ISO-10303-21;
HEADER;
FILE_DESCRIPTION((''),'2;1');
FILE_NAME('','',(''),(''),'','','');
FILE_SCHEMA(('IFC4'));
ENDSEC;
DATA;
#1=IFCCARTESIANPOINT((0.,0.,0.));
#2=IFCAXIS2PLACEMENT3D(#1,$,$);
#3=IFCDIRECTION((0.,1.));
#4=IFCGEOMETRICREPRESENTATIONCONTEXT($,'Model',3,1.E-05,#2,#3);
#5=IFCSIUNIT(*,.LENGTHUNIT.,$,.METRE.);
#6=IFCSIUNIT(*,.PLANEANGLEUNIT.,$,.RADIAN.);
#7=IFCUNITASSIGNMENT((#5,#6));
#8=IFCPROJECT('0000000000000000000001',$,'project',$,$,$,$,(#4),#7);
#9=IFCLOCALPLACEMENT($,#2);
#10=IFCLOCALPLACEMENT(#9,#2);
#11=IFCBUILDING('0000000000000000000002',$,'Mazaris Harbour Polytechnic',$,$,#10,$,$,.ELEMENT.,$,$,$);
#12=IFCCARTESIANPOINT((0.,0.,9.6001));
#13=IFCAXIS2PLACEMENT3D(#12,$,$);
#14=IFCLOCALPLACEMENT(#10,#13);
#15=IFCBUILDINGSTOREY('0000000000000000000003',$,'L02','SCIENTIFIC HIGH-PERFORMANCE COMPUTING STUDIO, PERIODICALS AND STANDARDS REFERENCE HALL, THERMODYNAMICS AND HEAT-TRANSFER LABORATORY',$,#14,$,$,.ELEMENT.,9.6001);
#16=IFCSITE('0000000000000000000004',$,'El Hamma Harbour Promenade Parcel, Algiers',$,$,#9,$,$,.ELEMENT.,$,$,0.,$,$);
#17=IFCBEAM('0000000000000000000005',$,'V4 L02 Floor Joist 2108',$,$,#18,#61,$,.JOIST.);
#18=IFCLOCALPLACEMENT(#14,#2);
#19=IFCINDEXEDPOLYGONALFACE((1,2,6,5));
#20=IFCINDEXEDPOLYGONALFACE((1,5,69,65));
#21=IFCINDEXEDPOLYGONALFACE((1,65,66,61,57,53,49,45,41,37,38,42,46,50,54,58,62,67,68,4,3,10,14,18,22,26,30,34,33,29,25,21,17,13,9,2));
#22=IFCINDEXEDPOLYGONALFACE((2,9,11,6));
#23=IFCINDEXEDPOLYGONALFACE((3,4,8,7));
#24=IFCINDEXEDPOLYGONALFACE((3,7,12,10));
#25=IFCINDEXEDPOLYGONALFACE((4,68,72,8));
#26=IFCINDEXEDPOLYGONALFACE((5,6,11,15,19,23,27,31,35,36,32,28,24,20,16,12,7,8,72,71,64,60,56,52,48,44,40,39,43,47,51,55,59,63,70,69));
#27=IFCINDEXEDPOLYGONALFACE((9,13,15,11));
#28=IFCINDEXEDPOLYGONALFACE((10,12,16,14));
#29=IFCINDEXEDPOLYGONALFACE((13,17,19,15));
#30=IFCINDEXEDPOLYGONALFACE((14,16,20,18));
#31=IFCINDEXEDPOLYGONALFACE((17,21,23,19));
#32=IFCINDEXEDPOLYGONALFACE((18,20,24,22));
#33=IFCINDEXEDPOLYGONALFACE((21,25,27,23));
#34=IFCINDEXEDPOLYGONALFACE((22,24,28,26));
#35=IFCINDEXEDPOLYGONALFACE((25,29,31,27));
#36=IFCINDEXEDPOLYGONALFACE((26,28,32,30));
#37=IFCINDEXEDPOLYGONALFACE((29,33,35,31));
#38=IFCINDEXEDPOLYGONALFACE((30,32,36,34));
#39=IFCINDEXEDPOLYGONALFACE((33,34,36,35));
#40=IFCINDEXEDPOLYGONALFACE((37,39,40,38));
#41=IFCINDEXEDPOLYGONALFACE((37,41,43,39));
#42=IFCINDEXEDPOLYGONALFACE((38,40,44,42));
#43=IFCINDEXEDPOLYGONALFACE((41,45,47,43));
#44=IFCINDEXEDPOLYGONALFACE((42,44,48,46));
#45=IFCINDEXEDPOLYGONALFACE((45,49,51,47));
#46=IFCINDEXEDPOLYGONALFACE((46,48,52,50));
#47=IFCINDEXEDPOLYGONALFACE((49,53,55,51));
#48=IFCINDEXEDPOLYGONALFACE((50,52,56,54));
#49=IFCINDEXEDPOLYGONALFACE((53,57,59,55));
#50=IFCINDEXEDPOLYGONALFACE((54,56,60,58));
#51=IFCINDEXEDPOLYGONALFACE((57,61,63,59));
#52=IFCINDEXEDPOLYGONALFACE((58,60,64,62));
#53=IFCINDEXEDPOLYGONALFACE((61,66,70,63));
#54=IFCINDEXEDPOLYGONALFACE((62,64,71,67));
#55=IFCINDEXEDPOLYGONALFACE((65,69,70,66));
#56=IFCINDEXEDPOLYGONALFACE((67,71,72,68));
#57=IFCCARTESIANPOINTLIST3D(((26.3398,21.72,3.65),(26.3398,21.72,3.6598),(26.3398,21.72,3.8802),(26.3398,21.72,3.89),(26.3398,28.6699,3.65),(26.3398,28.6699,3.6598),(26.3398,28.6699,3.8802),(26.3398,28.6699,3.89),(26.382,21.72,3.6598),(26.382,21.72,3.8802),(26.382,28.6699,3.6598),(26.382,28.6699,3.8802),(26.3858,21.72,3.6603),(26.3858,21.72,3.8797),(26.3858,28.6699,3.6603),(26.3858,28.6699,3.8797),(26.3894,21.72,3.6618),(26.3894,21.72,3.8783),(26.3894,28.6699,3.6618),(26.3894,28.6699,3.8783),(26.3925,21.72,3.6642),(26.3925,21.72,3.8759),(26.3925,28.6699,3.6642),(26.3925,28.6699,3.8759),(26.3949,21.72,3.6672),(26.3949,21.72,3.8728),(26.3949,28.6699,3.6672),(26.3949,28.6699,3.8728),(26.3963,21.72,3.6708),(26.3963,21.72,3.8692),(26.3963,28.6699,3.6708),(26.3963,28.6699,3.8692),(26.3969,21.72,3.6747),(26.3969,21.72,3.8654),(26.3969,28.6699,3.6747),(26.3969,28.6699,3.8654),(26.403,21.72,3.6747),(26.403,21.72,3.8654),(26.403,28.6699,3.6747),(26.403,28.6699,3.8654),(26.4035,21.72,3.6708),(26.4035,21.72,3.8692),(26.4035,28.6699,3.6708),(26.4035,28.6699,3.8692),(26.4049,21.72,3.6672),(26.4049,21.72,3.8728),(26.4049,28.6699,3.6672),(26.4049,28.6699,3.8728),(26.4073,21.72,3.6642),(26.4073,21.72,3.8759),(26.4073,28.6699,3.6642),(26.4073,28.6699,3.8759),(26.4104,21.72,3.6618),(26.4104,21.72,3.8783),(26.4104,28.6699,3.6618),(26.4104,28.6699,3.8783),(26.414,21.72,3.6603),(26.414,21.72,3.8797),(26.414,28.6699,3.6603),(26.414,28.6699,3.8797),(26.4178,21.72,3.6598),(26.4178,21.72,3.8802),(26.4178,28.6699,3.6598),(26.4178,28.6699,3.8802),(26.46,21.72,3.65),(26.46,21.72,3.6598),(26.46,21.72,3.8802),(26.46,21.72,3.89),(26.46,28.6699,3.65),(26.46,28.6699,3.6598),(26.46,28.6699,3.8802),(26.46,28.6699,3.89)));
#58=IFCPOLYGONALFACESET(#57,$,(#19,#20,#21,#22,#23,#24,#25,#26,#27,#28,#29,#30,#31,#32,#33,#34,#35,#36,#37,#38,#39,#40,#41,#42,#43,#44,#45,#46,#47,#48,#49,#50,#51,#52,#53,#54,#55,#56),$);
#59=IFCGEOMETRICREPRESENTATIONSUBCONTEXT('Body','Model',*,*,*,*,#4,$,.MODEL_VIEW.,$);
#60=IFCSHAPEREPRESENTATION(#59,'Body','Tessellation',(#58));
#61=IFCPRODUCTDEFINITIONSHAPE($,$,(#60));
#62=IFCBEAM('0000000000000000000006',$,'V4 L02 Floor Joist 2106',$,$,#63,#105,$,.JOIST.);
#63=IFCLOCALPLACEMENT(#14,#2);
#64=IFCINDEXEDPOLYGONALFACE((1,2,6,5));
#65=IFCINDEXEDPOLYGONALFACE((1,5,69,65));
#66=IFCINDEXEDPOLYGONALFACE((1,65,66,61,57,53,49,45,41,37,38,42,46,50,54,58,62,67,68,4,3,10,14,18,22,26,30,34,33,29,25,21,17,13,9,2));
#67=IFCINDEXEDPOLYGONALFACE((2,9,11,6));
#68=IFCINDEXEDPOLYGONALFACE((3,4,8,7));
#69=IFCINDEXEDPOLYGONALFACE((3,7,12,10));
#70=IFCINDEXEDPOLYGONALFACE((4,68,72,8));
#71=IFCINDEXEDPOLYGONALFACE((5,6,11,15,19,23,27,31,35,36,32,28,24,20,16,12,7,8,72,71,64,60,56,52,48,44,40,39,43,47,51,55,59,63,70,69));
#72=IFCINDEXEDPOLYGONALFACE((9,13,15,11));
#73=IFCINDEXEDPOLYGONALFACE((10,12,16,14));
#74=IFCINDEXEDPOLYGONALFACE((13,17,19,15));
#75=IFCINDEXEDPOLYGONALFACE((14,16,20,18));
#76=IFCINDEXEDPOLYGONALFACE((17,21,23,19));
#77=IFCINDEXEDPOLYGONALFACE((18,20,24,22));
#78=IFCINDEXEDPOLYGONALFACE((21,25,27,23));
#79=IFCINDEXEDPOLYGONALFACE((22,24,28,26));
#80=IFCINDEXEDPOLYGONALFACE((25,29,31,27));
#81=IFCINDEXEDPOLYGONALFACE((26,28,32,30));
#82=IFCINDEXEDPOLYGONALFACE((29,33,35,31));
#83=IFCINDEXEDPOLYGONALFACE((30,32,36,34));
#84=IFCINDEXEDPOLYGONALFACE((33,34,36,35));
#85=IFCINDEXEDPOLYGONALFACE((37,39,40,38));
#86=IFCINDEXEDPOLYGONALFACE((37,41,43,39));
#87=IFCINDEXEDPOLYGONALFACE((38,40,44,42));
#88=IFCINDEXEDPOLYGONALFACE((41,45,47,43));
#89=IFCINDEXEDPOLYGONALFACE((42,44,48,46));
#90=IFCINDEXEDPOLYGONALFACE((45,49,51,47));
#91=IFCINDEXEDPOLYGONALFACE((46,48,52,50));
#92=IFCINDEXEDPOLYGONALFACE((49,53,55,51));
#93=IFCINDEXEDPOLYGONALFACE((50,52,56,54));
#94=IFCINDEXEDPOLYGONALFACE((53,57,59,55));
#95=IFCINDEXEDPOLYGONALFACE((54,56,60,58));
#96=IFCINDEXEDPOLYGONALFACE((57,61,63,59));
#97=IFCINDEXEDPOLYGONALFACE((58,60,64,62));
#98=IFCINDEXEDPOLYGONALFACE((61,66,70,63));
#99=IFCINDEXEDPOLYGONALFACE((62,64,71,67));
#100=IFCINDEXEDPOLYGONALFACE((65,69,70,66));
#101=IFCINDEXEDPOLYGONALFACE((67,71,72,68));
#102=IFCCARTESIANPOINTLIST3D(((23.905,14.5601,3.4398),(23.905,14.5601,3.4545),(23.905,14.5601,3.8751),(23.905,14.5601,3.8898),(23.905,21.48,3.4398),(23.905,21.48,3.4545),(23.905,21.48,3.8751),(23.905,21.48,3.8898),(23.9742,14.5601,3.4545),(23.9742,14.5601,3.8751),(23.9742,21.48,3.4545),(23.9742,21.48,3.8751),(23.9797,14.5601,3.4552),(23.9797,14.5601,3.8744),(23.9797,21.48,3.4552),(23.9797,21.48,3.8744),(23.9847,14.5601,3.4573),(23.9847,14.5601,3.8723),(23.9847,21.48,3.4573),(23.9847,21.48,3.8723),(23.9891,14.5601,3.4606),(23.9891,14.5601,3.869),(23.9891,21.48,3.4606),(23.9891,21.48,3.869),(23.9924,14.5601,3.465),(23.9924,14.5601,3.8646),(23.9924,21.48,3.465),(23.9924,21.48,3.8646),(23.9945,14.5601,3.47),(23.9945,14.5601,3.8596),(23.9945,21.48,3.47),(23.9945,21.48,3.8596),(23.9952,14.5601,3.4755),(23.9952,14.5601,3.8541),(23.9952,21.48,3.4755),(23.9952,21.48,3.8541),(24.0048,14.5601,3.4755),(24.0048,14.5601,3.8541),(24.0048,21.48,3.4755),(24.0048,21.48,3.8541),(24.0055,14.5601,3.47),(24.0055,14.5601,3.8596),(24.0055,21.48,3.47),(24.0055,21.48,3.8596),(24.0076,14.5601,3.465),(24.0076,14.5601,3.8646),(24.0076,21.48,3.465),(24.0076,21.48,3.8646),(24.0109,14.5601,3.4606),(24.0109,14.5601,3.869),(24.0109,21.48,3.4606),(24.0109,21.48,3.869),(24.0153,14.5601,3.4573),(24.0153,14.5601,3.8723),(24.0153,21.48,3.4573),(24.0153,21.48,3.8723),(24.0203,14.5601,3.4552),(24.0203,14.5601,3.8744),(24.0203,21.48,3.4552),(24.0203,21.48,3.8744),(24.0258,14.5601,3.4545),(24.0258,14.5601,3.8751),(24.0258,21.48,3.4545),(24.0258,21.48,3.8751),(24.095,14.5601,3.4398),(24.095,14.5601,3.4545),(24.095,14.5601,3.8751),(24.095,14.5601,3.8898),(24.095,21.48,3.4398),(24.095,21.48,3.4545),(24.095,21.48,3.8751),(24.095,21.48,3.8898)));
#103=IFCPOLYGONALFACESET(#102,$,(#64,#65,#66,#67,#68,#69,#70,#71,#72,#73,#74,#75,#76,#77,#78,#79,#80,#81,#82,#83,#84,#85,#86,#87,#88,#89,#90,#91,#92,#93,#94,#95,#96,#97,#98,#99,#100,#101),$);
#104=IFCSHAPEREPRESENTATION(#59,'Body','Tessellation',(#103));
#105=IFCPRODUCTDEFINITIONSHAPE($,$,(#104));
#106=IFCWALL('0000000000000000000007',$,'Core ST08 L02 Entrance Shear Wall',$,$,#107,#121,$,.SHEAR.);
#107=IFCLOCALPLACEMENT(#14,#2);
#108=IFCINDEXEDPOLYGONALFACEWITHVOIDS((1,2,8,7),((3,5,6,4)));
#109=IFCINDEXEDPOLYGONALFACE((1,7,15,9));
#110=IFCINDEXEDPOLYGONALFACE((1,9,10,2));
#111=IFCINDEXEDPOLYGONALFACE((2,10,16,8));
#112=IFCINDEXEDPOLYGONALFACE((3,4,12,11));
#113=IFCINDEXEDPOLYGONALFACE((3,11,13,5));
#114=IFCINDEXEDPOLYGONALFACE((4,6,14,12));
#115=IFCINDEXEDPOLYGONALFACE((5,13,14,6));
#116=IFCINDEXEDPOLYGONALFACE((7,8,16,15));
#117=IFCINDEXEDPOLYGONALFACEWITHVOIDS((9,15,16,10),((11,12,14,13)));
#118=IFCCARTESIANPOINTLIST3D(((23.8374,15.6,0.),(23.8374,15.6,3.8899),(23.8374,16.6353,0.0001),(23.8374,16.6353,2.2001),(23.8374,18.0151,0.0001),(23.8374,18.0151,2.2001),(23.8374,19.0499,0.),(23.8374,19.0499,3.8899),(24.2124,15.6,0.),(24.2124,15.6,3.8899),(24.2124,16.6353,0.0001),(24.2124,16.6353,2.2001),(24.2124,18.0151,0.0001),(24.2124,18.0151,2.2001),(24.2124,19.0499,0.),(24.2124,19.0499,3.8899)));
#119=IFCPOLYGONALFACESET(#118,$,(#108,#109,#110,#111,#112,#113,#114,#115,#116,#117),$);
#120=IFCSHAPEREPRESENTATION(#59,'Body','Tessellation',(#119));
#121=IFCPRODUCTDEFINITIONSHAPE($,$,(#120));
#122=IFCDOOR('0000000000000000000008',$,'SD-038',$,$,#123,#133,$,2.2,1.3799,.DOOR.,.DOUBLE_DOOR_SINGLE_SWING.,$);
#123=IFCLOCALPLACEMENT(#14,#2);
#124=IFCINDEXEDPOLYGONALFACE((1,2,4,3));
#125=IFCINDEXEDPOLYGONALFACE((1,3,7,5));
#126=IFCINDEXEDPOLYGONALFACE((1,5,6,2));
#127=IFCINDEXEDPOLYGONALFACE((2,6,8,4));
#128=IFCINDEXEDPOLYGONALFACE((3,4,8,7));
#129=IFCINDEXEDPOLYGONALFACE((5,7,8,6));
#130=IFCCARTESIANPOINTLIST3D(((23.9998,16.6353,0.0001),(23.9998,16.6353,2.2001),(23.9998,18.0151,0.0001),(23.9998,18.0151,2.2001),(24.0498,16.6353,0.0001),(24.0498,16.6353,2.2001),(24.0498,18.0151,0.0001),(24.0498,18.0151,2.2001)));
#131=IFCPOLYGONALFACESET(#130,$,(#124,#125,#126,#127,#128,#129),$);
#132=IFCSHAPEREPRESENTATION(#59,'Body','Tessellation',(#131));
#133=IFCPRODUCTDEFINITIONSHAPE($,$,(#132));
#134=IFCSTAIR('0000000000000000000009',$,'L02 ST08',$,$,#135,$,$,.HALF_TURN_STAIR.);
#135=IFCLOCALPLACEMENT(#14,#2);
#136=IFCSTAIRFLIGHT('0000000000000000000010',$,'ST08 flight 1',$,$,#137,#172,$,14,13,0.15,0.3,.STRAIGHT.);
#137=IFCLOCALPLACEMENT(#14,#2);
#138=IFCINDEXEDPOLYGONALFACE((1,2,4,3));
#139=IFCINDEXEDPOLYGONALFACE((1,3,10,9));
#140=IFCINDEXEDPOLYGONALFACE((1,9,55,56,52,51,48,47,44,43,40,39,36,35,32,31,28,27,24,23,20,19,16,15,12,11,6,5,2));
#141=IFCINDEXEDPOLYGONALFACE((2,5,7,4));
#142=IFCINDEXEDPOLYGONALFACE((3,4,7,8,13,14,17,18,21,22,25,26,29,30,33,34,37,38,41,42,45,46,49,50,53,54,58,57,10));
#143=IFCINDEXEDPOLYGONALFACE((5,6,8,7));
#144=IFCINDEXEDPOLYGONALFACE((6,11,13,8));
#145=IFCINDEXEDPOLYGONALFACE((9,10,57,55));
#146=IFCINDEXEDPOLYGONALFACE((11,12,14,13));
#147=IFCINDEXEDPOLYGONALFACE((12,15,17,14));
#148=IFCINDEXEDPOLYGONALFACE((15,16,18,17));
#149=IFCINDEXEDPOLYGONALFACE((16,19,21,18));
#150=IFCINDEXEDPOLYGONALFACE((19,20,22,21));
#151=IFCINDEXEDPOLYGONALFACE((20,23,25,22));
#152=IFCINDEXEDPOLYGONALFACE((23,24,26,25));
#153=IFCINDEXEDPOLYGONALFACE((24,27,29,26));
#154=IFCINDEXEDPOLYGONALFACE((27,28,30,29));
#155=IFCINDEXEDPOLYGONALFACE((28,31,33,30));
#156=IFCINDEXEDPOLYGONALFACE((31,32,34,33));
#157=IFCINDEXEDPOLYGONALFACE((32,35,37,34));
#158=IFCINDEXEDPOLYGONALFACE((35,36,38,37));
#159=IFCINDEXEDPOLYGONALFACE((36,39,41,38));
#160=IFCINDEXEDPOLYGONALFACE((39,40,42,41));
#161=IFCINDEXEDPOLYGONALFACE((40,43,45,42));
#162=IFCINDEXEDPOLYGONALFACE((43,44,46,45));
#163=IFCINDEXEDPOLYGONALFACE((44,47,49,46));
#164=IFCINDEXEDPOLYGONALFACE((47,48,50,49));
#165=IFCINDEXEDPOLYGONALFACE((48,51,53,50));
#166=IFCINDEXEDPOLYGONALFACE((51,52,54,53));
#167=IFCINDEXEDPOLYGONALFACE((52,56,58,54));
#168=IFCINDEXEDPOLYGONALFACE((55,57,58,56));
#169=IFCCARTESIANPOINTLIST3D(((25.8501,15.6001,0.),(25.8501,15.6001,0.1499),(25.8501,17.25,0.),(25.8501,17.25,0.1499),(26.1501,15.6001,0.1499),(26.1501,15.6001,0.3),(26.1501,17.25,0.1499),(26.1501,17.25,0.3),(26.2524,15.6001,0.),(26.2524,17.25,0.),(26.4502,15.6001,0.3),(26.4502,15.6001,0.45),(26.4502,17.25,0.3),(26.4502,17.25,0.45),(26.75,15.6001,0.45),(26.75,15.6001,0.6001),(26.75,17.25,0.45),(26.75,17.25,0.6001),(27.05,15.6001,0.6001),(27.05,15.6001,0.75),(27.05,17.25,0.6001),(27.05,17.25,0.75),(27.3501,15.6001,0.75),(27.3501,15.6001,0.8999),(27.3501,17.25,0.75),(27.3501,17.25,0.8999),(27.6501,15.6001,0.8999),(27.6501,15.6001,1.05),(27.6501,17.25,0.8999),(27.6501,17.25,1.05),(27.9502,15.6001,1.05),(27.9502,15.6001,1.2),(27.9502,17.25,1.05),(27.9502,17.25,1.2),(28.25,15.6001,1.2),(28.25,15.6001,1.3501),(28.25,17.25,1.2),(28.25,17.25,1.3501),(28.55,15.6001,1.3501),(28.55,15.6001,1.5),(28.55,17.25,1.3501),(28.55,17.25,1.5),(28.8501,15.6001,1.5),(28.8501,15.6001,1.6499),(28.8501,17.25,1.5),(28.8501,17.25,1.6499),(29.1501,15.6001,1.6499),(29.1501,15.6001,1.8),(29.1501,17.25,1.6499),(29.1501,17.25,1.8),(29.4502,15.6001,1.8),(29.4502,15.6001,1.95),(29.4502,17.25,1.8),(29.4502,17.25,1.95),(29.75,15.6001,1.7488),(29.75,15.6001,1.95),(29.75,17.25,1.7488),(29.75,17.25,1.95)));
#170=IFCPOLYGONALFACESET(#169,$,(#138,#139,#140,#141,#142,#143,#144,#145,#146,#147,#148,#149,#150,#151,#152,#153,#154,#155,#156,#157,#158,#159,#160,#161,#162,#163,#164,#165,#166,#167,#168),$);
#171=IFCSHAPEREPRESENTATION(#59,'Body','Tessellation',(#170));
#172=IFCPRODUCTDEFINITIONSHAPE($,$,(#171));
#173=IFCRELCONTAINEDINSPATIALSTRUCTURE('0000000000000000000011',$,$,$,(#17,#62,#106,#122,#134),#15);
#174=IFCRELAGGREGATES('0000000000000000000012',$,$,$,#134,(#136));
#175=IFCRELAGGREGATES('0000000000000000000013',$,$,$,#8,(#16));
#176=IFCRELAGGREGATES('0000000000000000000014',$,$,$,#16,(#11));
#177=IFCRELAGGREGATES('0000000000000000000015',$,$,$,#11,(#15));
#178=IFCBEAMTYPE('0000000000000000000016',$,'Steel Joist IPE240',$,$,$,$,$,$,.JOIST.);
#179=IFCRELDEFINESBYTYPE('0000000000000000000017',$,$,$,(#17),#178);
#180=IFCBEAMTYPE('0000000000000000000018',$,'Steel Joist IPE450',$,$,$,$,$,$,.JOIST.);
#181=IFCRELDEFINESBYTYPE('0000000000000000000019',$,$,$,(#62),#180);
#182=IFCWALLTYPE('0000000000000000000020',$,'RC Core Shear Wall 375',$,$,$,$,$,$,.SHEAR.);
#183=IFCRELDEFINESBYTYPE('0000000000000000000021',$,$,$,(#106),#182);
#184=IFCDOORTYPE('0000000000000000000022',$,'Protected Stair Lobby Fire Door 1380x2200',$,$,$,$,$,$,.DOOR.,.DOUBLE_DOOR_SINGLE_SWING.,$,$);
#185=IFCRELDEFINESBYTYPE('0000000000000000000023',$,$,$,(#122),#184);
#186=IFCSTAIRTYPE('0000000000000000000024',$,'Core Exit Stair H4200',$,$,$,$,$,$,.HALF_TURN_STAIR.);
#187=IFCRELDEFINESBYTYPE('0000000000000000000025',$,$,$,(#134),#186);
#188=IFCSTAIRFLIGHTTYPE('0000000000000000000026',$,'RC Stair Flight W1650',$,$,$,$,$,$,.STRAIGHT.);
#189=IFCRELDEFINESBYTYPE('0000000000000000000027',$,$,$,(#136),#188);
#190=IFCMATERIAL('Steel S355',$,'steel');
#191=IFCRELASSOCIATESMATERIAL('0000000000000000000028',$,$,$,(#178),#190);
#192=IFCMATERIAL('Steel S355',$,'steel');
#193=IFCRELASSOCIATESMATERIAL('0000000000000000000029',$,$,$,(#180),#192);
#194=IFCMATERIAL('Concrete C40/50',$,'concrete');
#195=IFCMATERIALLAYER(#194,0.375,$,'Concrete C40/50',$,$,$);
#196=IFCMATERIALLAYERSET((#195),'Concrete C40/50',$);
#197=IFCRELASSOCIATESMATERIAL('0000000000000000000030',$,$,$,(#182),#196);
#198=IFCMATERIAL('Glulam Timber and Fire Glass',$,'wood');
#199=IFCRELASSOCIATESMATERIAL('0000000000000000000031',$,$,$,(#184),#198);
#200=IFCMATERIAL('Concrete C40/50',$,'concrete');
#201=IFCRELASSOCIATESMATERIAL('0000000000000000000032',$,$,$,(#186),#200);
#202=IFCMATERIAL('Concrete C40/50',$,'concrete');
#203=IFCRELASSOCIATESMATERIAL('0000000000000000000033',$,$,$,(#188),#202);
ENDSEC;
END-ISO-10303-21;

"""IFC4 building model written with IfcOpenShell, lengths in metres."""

from ifc_helpers import new_model, si_unit, direction, frame, frame_2d, origin, origin_2d, place, context, subcontext, project, spatial, polyline, rectangle, i_section, outline, extrude, material, layer, layer_set, material_profile, profile_set, type_object, element, fill, aggregate, save


model = new_model("IFC4")

# Units and contexts
model_context = context("Model", 3, precision=1e-05, world=origin(), true_north=direction((0.0, 1.0)))
body_context = subcontext(model_context, "Body", "Model", "MODEL_VIEW")
ifc_project = project(units=[si_unit("LENGTHUNIT", "METRE"), si_unit("PLANEANGLEUNIT", "RADIAN")], contexts=[model_context])

# Site, building, storey
site_placement = place(None, origin())
site = spatial("IfcSite", under=ifc_project, at=site_placement, Name="El Hamma Harbour Promenade Parcel, Algiers", CompositionType="ELEMENT", RefElevation=0.0)
building_placement = place(site_placement, origin())
building = spatial("IfcBuilding", under=site, at=building_placement, Name="Mazaris Harbour Polytechnic", CompositionType="ELEMENT")
storey_placement = place(building_placement, frame((0.0, 0.0, 9.6001)))
storey = spatial("IfcBuildingStorey", under=building, at=storey_placement, Name="L02", Description="SCIENTIFIC HIGH-PERFORMANCE COMPUTING STUDIO, PERIODICALS AND STANDARDS REFERENCE HALL, THERMODYNAMICS AND HEAT-TRANSFER LABORATORY", CompositionType="ELEMENT", Elevation=9.6001)

# Beams
ifc_material_1 = material(Name="Steel S355", Category="steel")
ifc_material_profile_1 = material_profile(ifc_material_1, i_section(OverallWidth=0.1201, OverallDepth=0.24, WebThickness=0.0061, FlangeThickness=0.0098, FilletRadius=0.0149, at=origin_2d()), Name="IPE 240")
ifc_profile_set_1 = profile_set([ifc_material_profile_1], Name="Steel S355")
beam_type_1 = type_object("IfcBeamType", Name="Steel Joist IPE240", PredefinedType="JOIST", material=ifc_profile_set_1)
beam_1_placement = place(storey_placement, frame((26.3999, 21.72, 3.77), z_axis=(0.0, 1.0, 0.0), x_axis=(-1.0, 0.0, 0.0)))
element("IfcBeam", 1, at=beam_1_placement, inside=storey, type_object=beam_type_1, Name="V4 L02 Floor Joist 2108", PredefinedType="JOIST", context=body_context, shape_type="SweptSolid", body=[
    extrude(i_section(OverallWidth=0.1201, OverallDepth=0.24, WebThickness=0.0061, FlangeThickness=0.0098, FilletRadius=0.0149, at=origin_2d()), origin(), (0.0, 0.0, 1.0), 6.95),
])
ifc_material_2 = material(Name="Steel S355", Category="steel")
ifc_material_profile_2 = material_profile(ifc_material_2, i_section(OverallWidth=0.1899, OverallDepth=0.45, WebThickness=0.0095, FlangeThickness=0.0146, FilletRadius=0.021, at=origin_2d()), Name="IPE 450")
ifc_profile_set_2 = profile_set([ifc_material_profile_2], Name="Steel S355")
beam_type_2 = type_object("IfcBeamType", Name="Steel Joist IPE450", PredefinedType="JOIST", material=ifc_profile_set_2)
beam_2_placement = place(storey_placement, frame((24.0, 14.5601, 3.6648), z_axis=(0.0, 1.0, 0.0), x_axis=(-1.0, 0.0, 0.0)))
element("IfcBeam", 2, at=beam_2_placement, inside=storey, type_object=beam_type_2, Name="V4 L02 Floor Joist 2106", PredefinedType="JOIST", context=body_context, shape_type="SweptSolid", body=[
    extrude(i_section(OverallWidth=0.1899, OverallDepth=0.45, WebThickness=0.0095, FlangeThickness=0.0146, FilletRadius=0.021, at=origin_2d()), origin(), (0.0, 0.0, 1.0), 6.9199),
])

# Wall, opening, door
ifc_material_3 = material(Name="Concrete C40/50", Category="concrete")
ifc_layer = layer(ifc_material_3, 0.375, Name="Concrete C40/50")
ifc_layer_set = layer_set([ifc_layer], Name="Concrete C40/50")
wall_type = type_object("IfcWallType", Name="RC Core Shear Wall 375", PredefinedType="SHEAR", material=ifc_layer_set)
wall_placement = place(storey_placement, frame((24.0249, 19.05, 0.0), z_axis=(0.0, 0.0, 1.0), x_axis=(0.0, -1.0, 0.0)))
wall = element("IfcWall", 3, at=wall_placement, inside=storey, type_object=wall_type, Name="Core ST08 L02 Entrance Shear Wall", PredefinedType="SHEAR", context=body_context, shape_type="SweptSolid", body=[
    extrude(rectangle(XDim=3.45, YDim=0.375, at=frame_2d((1.7251, 0.0))), origin(), (0.0, 0.0, 1.0), 3.8899),
])
opening_placement = place(wall_placement, frame((1.0349, 0.0, 0.0)))
opening = element("IfcOpeningElement", 4, at=opening_placement, cuts=wall, PredefinedType="OPENING", context=body_context, shape_type="SweptSolid", body=[
    extrude(rectangle(XDim=1.3799, YDim=2.2, at=frame_2d((0.6899, 1.1001))), frame((0.0, 0.1975, 0.0), z_axis=(0.0, -1.0, 0.0), x_axis=(1.0, 0.0, 0.0)), (0.0, 0.0, 1.0), 0.395),
])
ifc_material_4 = material(Name="Glulam Timber and Fire Glass", Category="wood")
door_type = type_object("IfcDoorType", Name="Protected Stair Lobby Fire Door 1380x2200", OperationType="DOUBLE_DOOR_SINGLE_SWING", PredefinedType="DOOR", material=ifc_material_4)
door_placement = place(opening_placement, origin())
door = element("IfcDoor", 5, at=door_placement, inside=storey, type_object=door_type, Name="SD-038", OperationType="DOUBLE_DOOR_SINGLE_SWING", OverallHeight=2.2, OverallWidth=1.3799, PredefinedType="DOOR", context=body_context, shape_type="SweptSolid", body=[
    extrude(rectangle(XDim=1.3799, YDim=2.2, at=frame_2d((0.6899, 1.1001))), frame((0.0, 0.0249, 0.0), z_axis=(0.0, -1.0, 0.0), x_axis=(1.0, 0.0, 0.0)), (0.0, 0.0, 1.0), 0.05),
])
fill(opening, door)

# Stair, stair flight
ifc_material_5 = material(Name="Concrete C40/50", Category="concrete")
stair_type = type_object("IfcStairType", Name="Core Exit Stair H4200", PredefinedType="HALF_TURN_STAIR", material=ifc_material_5)
stair_placement = place(storey_placement, origin())
stair = element("IfcStair", 6, at=stair_placement, inside=storey, type_object=stair_type, Name="L02 ST08", PredefinedType="HALF_TURN_STAIR")
ifc_material_6 = material(Name="Concrete C40/50", Category="concrete")
stair_flight_type = type_object("IfcStairFlightType", Name="RC Stair Flight W1650", PredefinedType="STRAIGHT", material=ifc_material_6)
stair_flight_1_placement = place(storey_placement, frame((25.8501, 16.425, 0.0), z_axis=(0.0, 0.0, 1.0), x_axis=(1.0, 0.0, 0.0)))
stair_flight_1 = element("IfcStairFlight", 7, at=stair_flight_1_placement, type_object=stair_flight_type, Name="ST08 flight 1", NumberOfRisers=14, NumberOfTreads=13, PredefinedType="STRAIGHT", RiserHeight=0.15, TreadLength=0.3, context=body_context, shape_type="SweptSolid", body=[
    extrude(outline(polyline([(0.0, 0.0), (0.0, 0.1499), (0.3, 0.1499), (0.3, 0.3), (0.6001, 0.3), (0.6001, 0.45), (0.8999, 0.45), (0.8999, 0.6001), (1.2, 0.6001), (1.2, 0.75), (1.5, 0.75), (1.5, 0.8999), (1.8, 0.8999), (1.8, 1.05), (2.1001, 1.05), (2.1001, 1.2), (2.3999, 1.2), (2.3999, 1.3501), (2.7, 1.3501), (2.7, 1.5), (3.0, 1.5), (3.0, 1.6499), (3.3, 1.6499), (3.3, 1.8), (3.6001, 1.8), (3.6001, 1.95), (3.8999, 1.95), (3.8999, 2.1001), (3.8999, 1.7488), (0.4023, 0.0), (0.0, 0.0)])), frame((0.0, 0.825, 0.0), z_axis=(0.0, -1.0, 0.0), x_axis=(1.0, 0.0, 0.0)), (0.0, 0.0, 1.0), 1.6499),
])
aggregate(stair, [stair_flight_1])

save(model, "model.ifc")
